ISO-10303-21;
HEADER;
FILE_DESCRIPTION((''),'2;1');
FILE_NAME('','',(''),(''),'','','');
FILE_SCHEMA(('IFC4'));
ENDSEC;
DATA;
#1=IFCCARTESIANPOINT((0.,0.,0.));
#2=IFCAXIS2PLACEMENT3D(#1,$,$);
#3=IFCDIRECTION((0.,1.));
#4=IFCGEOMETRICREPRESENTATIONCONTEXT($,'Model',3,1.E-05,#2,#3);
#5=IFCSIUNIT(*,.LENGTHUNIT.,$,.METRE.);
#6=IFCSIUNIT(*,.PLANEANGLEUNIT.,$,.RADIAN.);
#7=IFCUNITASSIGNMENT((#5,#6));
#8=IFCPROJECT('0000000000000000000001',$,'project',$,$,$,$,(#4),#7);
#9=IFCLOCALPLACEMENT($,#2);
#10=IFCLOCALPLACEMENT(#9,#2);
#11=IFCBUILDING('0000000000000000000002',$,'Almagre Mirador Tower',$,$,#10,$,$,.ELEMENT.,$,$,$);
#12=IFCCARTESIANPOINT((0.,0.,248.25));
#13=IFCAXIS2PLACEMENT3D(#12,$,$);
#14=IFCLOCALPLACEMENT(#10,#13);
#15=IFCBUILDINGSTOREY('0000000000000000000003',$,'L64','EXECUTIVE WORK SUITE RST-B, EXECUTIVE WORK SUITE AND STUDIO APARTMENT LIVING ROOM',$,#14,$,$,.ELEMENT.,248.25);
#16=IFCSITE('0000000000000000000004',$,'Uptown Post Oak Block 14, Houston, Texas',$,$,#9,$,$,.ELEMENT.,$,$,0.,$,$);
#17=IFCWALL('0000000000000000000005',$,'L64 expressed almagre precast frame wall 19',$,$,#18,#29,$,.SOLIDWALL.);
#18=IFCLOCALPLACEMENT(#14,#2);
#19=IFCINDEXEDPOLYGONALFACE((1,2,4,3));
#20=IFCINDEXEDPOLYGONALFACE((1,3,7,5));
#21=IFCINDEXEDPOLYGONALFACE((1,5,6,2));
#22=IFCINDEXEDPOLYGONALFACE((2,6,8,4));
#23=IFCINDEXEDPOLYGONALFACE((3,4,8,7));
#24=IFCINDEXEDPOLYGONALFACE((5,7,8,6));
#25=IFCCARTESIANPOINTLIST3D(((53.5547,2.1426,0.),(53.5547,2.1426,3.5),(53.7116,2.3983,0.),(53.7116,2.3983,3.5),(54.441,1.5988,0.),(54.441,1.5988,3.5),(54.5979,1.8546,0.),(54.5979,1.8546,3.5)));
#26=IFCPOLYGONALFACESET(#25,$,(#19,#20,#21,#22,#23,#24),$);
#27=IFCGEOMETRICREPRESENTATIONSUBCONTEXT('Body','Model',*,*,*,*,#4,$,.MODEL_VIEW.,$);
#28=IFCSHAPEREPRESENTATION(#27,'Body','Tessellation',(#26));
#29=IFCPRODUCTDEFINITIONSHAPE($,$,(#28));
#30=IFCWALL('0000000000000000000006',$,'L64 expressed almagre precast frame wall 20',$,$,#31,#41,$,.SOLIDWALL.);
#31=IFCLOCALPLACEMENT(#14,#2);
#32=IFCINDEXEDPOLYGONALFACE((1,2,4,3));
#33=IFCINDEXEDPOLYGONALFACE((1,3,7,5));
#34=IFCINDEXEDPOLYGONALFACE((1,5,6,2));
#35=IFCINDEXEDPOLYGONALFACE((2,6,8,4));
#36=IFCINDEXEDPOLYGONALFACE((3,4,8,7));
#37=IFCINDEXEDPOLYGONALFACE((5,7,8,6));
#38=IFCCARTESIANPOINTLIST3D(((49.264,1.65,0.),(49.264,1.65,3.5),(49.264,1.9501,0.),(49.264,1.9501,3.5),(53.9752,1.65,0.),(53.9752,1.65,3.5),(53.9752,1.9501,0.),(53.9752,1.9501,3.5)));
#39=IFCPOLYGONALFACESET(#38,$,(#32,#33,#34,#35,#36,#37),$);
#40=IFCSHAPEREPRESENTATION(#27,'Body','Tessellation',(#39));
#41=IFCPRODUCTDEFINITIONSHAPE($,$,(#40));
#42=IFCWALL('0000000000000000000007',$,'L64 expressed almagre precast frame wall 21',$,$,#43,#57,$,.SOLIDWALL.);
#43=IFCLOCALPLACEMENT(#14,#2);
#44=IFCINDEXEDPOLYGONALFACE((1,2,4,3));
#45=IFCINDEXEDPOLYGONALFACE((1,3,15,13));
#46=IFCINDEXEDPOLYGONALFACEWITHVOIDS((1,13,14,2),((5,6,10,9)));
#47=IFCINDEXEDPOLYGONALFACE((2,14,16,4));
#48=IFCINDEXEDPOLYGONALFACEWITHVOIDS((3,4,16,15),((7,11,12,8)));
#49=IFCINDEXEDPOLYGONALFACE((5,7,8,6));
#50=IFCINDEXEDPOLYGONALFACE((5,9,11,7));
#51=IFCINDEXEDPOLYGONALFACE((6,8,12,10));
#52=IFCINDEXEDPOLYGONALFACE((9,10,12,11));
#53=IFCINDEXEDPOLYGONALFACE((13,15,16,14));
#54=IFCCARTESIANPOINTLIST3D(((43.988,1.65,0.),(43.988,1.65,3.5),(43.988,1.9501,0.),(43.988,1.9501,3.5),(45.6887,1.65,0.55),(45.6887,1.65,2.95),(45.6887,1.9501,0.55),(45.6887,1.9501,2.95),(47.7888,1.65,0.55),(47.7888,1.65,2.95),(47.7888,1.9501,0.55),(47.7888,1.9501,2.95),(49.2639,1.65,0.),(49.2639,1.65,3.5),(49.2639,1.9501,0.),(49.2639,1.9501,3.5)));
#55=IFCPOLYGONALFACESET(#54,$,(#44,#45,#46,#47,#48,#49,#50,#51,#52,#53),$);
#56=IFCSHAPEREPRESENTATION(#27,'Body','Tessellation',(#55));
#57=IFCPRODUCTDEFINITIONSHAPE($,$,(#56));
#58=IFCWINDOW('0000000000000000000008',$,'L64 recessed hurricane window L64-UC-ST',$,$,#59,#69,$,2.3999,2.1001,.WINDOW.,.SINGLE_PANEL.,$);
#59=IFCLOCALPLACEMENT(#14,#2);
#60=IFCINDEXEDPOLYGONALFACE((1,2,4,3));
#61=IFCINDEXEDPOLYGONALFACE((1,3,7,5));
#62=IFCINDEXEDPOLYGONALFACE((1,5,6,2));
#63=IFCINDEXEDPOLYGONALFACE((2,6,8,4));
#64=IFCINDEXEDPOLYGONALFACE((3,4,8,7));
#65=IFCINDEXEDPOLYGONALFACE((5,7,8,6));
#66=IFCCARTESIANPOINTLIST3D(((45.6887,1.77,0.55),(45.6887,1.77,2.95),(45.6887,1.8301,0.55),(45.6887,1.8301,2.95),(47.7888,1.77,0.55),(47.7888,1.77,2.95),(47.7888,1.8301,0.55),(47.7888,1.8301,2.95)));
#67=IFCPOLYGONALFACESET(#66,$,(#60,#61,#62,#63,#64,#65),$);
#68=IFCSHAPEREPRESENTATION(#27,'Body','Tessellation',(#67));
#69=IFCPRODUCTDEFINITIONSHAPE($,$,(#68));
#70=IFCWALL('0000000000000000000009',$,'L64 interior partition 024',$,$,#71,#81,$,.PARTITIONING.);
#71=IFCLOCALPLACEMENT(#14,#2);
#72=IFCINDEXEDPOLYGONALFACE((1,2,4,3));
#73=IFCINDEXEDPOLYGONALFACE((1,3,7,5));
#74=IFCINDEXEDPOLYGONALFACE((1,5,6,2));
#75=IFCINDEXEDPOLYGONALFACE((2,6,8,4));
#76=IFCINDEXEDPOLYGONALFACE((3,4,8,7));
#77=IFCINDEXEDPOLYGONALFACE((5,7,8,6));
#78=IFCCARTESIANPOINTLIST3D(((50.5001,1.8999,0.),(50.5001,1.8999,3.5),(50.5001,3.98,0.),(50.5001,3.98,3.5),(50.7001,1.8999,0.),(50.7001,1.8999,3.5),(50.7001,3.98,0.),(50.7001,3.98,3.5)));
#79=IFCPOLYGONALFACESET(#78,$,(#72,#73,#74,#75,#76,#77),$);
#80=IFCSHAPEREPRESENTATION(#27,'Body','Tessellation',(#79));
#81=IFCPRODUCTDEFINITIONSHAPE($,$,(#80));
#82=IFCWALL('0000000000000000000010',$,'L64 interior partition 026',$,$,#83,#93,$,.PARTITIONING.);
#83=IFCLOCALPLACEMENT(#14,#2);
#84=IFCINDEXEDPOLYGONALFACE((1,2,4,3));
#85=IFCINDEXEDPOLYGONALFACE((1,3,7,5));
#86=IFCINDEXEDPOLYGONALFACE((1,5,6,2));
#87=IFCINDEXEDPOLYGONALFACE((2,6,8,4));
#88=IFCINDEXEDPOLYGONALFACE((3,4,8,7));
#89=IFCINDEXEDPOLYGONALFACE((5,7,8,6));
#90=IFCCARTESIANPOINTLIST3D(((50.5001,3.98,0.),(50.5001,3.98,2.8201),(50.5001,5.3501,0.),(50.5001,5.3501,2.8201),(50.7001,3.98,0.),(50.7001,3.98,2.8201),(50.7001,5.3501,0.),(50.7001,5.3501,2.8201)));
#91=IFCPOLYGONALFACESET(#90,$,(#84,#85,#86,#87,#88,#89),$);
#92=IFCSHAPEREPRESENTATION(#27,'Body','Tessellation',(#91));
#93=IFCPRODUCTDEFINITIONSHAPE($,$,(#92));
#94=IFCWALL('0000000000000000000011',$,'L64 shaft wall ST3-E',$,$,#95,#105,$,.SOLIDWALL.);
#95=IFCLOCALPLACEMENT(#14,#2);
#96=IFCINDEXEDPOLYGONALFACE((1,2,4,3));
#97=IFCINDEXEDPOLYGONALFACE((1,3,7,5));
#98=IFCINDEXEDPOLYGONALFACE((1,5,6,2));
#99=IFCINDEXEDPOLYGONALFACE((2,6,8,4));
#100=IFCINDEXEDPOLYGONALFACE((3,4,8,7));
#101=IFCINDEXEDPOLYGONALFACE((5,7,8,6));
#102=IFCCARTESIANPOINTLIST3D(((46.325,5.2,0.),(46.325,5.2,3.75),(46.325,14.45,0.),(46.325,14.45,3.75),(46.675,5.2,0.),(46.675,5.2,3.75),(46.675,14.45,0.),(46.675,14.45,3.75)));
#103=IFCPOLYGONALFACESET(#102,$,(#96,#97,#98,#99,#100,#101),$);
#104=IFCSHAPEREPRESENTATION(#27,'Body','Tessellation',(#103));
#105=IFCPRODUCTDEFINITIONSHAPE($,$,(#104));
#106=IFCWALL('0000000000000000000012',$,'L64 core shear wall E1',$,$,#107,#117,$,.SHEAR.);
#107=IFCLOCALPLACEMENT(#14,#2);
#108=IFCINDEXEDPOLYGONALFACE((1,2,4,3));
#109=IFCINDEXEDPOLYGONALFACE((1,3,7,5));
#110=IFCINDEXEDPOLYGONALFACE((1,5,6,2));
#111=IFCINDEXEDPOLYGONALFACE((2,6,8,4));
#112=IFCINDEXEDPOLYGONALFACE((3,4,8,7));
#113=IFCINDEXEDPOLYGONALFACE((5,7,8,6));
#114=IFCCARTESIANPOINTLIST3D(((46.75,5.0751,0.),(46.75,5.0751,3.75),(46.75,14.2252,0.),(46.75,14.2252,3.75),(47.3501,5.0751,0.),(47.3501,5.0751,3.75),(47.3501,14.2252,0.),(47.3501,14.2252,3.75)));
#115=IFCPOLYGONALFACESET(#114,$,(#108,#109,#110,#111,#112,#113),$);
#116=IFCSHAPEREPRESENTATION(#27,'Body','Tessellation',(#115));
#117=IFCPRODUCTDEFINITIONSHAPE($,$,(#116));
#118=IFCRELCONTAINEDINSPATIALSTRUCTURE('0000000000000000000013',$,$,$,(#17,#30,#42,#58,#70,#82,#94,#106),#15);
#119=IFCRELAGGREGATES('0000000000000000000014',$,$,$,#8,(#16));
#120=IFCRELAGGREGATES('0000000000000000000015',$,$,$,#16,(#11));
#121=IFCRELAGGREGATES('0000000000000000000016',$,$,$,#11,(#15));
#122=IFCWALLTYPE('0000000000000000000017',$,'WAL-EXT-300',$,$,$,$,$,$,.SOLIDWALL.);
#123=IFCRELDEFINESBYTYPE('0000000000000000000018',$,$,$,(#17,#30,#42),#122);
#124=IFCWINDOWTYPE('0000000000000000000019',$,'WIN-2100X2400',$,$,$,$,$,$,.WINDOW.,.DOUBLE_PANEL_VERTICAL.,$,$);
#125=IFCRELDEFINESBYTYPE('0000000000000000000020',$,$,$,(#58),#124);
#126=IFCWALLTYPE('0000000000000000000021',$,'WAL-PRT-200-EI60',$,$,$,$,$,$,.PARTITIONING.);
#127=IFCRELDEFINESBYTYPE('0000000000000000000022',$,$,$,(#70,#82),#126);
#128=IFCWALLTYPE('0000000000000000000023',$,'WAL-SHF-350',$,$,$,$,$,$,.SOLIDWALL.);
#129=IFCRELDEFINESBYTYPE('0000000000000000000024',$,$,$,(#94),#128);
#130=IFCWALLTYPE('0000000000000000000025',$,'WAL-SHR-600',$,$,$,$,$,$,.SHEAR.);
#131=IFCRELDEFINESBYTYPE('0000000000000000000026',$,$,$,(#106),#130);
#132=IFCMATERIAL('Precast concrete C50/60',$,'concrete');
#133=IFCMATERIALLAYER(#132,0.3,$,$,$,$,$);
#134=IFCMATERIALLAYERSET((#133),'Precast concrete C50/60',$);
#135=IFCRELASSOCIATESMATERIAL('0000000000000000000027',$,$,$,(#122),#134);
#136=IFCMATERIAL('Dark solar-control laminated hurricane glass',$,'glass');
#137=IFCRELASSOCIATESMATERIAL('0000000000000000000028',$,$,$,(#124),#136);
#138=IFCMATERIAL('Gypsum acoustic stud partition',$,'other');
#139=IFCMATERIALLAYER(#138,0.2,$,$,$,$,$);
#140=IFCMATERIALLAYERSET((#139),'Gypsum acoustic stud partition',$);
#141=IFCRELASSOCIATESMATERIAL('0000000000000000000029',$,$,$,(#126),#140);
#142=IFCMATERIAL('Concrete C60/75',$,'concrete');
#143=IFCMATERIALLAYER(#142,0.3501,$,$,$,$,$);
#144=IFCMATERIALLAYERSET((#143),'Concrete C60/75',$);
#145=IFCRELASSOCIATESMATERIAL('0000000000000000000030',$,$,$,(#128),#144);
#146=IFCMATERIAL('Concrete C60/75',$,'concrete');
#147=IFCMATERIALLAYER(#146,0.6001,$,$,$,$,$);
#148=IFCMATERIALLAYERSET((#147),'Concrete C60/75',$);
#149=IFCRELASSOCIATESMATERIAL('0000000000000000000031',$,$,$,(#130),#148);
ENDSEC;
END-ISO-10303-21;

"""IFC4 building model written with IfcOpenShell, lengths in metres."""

from ifc_helpers import new_model, si_unit, direction, frame, frame_2d, origin, place, context, subcontext, project, spatial, rectangle, extrude, material, layer, layer_set, type_object, element, fill, save


model = new_model("IFC4")

# Units and contexts
model_context = context("Model", 3, precision=1e-05, world=origin(), true_north=direction((0.0, 1.0)))
body_context = subcontext(model_context, "Body", "Model", "MODEL_VIEW")
ifc_project = project(units=[si_unit("LENGTHUNIT", "METRE"), si_unit("PLANEANGLEUNIT", "RADIAN")], contexts=[model_context])

# Site, building, storey
site_placement = place(None, origin())
site = spatial("IfcSite", under=ifc_project, at=site_placement, Name="Uptown Post Oak Block 14, Houston, Texas", CompositionType="ELEMENT", RefElevation=0.0)
building_placement = place(site_placement, origin())
building = spatial("IfcBuilding", under=site, at=building_placement, Name="Almagre Mirador Tower", CompositionType="ELEMENT")
storey_placement = place(building_placement, frame((0.0, 0.0, 248.25)))
storey = spatial("IfcBuildingStorey", under=building, at=storey_placement, Name="L64", Description="EXECUTIVE WORK SUITE RST-B, EXECUTIVE WORK SUITE AND STUDIO APARTMENT LIVING ROOM", CompositionType="ELEMENT", Elevation=248.25)

# Shared definitions
ifc_material_1 = material(Name="Precast concrete C50/60", Category="concrete")
ifc_layer_1 = layer(ifc_material_1, 0.3)
ifc_layer_set_1 = layer_set([ifc_layer_1], Name="Precast concrete C50/60")
wall_type_1 = type_object("IfcWallType", Name="WAL-EXT-300", PredefinedType="SOLIDWALL", material=ifc_layer_set_1)

# Walls
wall_1_placement = place(storey_placement, frame((53.6331, 2.2705, 0.0), z_axis=(0.0, 0.0, 1.0), x_axis=(0.852375, -0.522931, 0.0)))
element("IfcWall", 1, at=wall_1_placement, inside=storey, type_object=wall_type_1, Name="L64 expressed almagre precast frame wall 19", PredefinedType="SOLIDWALL", context=body_context, shape_type="SweptSolid", body=[
    extrude(rectangle(XDim=1.0398, YDim=0.3, at=frame_2d((0.52, 0.0))), origin(), (0.0, 0.0, 1.0), 3.5),
])
wall_2_placement = place(storey_placement, frame((53.9751, 1.8, 0.0), z_axis=(0.0, 0.0, 1.0), x_axis=(-1.0, 0.0, 0.0)))
element("IfcWall", 2, at=wall_2_placement, inside=storey, type_object=wall_type_1, Name="L64 expressed almagre precast frame wall 20", PredefinedType="SOLIDWALL", context=body_context, shape_type="SweptSolid", body=[
    extrude(rectangle(XDim=4.7112, YDim=0.3, at=frame_2d((2.3555, 0.0))), origin(), (0.0, 0.0, 1.0), 3.5),
])

# Wall, opening, window
wall_3_placement = place(storey_placement, frame((49.2639, 1.8, 0.0), z_axis=(0.0, 0.0, 1.0), x_axis=(-1.0, 0.0, 0.0)))
wall_3 = element("IfcWall", 3, at=wall_3_placement, inside=storey, type_object=wall_type_1, Name="L64 expressed almagre precast frame wall 21", PredefinedType="SOLIDWALL", context=body_context, shape_type="SweptSolid", body=[
    extrude(rectangle(XDim=5.2759, YDim=0.3, at=frame_2d((2.6379, 0.0))), origin(), (0.0, 0.0, 1.0), 3.5),
])
opening_1_placement = place(wall_3_placement, frame((1.4751, 0.0, 0.55)))
opening_1 = element("IfcOpeningElement", 4, at=opening_1_placement, cuts=wall_3, PredefinedType="OPENING", context=body_context, shape_type="SweptSolid", body=[
    extrude(rectangle(XDim=2.1001, YDim=2.3999, at=frame_2d((1.05, 1.2))), frame((0.0, 0.1599, 0.0), z_axis=(0.0, -1.0, 0.0), x_axis=(1.0, 0.0, 0.0)), (0.0, 0.0, 1.0), 0.32),
])
ifc_material_2 = material(Name="Dark solar-control laminated hurricane glass", Category="glass")
window_type_1 = type_object("IfcWindowType", Name="WIN-2100X2400", PartitioningType="DOUBLE_PANEL_VERTICAL", PredefinedType="WINDOW", material=ifc_material_2)
window_1_placement = place(opening_1_placement, origin())
window_1 = element("IfcWindow", 5, at=window_1_placement, inside=storey, type_object=window_type_1, Name="L64 recessed hurricane window L64-UC-ST", OverallHeight=2.3999, OverallWidth=2.1001, PartitioningType="SINGLE_PANEL", PredefinedType="WINDOW", context=body_context, shape_type="SweptSolid", body=[
    extrude(rectangle(XDim=2.1001, YDim=2.3999, at=frame_2d((1.05, 1.2))), frame((0.0, 0.03, 0.0), z_axis=(0.0, -1.0, 0.0), x_axis=(1.0, 0.0, 0.0)), (0.0, 0.0, 1.0), 0.0601),
])
fill(opening_1, window_1)

# Walls
ifc_material_3 = material(Name="Gypsum acoustic stud partition", Category="other")
ifc_layer_2 = layer(ifc_material_3, 0.2)
ifc_layer_set_2 = layer_set([ifc_layer_2], Name="Gypsum acoustic stud partition")
wall_type_2 = type_object("IfcWallType", Name="WAL-PRT-200-EI60", PredefinedType="PARTITIONING", material=ifc_layer_set_2)
wall_4_placement = place(storey_placement, frame((50.6001, 1.8999, 0.0), z_axis=(0.0, 0.0, 1.0), x_axis=(0.0, 1.0, 0.0)))
element("IfcWall", 6, at=wall_4_placement, inside=storey, type_object=wall_type_2, Name="L64 interior partition 024", PredefinedType="PARTITIONING", context=body_context, shape_type="SweptSolid", body=[
    extrude(rectangle(XDim=2.0801, YDim=0.2, at=frame_2d((1.04, 0.0))), origin(), (0.0, 0.0, 1.0), 3.5),
])
wall_5_placement = place(storey_placement, frame((50.6001, 3.98, 0.0), z_axis=(0.0, 0.0, 1.0), x_axis=(0.0, 1.0, 0.0)))
element("IfcWall", 7, at=wall_5_placement, inside=storey, type_object=wall_type_2, Name="L64 interior partition 026", PredefinedType="PARTITIONING", context=body_context, shape_type="SweptSolid", body=[
    extrude(rectangle(XDim=1.3701, YDim=0.2, at=frame_2d((0.6851, 0.0))), origin(), (0.0, 0.0, 1.0), 2.8201),
])
ifc_material_4 = material(Name="Concrete C60/75", Category="concrete")
ifc_layer_3 = layer(ifc_material_4, 0.3501)
ifc_layer_set_3 = layer_set([ifc_layer_3], Name="Concrete C60/75")
wall_type_3 = type_object("IfcWallType", Name="WAL-SHF-350", PredefinedType="SOLIDWALL", material=ifc_layer_set_3)
wall_6_placement = place(storey_placement, frame((46.5, 5.2, 0.0), z_axis=(0.0, 0.0, 1.0), x_axis=(0.0, 1.0, 0.0)))
element("IfcWall", 8, at=wall_6_placement, inside=storey, type_object=wall_type_3, Name="L64 shaft wall ST3-E", PredefinedType="SOLIDWALL", context=body_context, shape_type="SweptSolid", body=[
    extrude(rectangle(XDim=9.25, YDim=0.3501, at=frame_2d((4.625, 0.0))), origin(), (0.0, 0.0, 1.0), 3.75),
])
ifc_material_5 = material(Name="Concrete C60/75", Category="concrete")
ifc_layer_4 = layer(ifc_material_5, 0.6001)
ifc_layer_set_4 = layer_set([ifc_layer_4], Name="Concrete C60/75")
wall_type_4 = type_object("IfcWallType", Name="WAL-SHR-600", PredefinedType="SHEAR", material=ifc_layer_set_4)
wall_7_placement = place(storey_placement, frame((47.05, 5.075, 0.0), z_axis=(0.0, 0.0, 1.0), x_axis=(0.0, 1.0, 0.0)))
element("IfcWall", 9, at=wall_7_placement, inside=storey, type_object=wall_type_4, Name="L64 core shear wall E1", PredefinedType="SHEAR", context=body_context, shape_type="SweptSolid", body=[
    extrude(rectangle(XDim=9.1501, YDim=0.6001, at=frame_2d((4.5752, 0.0))), origin(), (0.0, 0.0, 1.0), 3.75),
])

save(model, "model.ifc")
